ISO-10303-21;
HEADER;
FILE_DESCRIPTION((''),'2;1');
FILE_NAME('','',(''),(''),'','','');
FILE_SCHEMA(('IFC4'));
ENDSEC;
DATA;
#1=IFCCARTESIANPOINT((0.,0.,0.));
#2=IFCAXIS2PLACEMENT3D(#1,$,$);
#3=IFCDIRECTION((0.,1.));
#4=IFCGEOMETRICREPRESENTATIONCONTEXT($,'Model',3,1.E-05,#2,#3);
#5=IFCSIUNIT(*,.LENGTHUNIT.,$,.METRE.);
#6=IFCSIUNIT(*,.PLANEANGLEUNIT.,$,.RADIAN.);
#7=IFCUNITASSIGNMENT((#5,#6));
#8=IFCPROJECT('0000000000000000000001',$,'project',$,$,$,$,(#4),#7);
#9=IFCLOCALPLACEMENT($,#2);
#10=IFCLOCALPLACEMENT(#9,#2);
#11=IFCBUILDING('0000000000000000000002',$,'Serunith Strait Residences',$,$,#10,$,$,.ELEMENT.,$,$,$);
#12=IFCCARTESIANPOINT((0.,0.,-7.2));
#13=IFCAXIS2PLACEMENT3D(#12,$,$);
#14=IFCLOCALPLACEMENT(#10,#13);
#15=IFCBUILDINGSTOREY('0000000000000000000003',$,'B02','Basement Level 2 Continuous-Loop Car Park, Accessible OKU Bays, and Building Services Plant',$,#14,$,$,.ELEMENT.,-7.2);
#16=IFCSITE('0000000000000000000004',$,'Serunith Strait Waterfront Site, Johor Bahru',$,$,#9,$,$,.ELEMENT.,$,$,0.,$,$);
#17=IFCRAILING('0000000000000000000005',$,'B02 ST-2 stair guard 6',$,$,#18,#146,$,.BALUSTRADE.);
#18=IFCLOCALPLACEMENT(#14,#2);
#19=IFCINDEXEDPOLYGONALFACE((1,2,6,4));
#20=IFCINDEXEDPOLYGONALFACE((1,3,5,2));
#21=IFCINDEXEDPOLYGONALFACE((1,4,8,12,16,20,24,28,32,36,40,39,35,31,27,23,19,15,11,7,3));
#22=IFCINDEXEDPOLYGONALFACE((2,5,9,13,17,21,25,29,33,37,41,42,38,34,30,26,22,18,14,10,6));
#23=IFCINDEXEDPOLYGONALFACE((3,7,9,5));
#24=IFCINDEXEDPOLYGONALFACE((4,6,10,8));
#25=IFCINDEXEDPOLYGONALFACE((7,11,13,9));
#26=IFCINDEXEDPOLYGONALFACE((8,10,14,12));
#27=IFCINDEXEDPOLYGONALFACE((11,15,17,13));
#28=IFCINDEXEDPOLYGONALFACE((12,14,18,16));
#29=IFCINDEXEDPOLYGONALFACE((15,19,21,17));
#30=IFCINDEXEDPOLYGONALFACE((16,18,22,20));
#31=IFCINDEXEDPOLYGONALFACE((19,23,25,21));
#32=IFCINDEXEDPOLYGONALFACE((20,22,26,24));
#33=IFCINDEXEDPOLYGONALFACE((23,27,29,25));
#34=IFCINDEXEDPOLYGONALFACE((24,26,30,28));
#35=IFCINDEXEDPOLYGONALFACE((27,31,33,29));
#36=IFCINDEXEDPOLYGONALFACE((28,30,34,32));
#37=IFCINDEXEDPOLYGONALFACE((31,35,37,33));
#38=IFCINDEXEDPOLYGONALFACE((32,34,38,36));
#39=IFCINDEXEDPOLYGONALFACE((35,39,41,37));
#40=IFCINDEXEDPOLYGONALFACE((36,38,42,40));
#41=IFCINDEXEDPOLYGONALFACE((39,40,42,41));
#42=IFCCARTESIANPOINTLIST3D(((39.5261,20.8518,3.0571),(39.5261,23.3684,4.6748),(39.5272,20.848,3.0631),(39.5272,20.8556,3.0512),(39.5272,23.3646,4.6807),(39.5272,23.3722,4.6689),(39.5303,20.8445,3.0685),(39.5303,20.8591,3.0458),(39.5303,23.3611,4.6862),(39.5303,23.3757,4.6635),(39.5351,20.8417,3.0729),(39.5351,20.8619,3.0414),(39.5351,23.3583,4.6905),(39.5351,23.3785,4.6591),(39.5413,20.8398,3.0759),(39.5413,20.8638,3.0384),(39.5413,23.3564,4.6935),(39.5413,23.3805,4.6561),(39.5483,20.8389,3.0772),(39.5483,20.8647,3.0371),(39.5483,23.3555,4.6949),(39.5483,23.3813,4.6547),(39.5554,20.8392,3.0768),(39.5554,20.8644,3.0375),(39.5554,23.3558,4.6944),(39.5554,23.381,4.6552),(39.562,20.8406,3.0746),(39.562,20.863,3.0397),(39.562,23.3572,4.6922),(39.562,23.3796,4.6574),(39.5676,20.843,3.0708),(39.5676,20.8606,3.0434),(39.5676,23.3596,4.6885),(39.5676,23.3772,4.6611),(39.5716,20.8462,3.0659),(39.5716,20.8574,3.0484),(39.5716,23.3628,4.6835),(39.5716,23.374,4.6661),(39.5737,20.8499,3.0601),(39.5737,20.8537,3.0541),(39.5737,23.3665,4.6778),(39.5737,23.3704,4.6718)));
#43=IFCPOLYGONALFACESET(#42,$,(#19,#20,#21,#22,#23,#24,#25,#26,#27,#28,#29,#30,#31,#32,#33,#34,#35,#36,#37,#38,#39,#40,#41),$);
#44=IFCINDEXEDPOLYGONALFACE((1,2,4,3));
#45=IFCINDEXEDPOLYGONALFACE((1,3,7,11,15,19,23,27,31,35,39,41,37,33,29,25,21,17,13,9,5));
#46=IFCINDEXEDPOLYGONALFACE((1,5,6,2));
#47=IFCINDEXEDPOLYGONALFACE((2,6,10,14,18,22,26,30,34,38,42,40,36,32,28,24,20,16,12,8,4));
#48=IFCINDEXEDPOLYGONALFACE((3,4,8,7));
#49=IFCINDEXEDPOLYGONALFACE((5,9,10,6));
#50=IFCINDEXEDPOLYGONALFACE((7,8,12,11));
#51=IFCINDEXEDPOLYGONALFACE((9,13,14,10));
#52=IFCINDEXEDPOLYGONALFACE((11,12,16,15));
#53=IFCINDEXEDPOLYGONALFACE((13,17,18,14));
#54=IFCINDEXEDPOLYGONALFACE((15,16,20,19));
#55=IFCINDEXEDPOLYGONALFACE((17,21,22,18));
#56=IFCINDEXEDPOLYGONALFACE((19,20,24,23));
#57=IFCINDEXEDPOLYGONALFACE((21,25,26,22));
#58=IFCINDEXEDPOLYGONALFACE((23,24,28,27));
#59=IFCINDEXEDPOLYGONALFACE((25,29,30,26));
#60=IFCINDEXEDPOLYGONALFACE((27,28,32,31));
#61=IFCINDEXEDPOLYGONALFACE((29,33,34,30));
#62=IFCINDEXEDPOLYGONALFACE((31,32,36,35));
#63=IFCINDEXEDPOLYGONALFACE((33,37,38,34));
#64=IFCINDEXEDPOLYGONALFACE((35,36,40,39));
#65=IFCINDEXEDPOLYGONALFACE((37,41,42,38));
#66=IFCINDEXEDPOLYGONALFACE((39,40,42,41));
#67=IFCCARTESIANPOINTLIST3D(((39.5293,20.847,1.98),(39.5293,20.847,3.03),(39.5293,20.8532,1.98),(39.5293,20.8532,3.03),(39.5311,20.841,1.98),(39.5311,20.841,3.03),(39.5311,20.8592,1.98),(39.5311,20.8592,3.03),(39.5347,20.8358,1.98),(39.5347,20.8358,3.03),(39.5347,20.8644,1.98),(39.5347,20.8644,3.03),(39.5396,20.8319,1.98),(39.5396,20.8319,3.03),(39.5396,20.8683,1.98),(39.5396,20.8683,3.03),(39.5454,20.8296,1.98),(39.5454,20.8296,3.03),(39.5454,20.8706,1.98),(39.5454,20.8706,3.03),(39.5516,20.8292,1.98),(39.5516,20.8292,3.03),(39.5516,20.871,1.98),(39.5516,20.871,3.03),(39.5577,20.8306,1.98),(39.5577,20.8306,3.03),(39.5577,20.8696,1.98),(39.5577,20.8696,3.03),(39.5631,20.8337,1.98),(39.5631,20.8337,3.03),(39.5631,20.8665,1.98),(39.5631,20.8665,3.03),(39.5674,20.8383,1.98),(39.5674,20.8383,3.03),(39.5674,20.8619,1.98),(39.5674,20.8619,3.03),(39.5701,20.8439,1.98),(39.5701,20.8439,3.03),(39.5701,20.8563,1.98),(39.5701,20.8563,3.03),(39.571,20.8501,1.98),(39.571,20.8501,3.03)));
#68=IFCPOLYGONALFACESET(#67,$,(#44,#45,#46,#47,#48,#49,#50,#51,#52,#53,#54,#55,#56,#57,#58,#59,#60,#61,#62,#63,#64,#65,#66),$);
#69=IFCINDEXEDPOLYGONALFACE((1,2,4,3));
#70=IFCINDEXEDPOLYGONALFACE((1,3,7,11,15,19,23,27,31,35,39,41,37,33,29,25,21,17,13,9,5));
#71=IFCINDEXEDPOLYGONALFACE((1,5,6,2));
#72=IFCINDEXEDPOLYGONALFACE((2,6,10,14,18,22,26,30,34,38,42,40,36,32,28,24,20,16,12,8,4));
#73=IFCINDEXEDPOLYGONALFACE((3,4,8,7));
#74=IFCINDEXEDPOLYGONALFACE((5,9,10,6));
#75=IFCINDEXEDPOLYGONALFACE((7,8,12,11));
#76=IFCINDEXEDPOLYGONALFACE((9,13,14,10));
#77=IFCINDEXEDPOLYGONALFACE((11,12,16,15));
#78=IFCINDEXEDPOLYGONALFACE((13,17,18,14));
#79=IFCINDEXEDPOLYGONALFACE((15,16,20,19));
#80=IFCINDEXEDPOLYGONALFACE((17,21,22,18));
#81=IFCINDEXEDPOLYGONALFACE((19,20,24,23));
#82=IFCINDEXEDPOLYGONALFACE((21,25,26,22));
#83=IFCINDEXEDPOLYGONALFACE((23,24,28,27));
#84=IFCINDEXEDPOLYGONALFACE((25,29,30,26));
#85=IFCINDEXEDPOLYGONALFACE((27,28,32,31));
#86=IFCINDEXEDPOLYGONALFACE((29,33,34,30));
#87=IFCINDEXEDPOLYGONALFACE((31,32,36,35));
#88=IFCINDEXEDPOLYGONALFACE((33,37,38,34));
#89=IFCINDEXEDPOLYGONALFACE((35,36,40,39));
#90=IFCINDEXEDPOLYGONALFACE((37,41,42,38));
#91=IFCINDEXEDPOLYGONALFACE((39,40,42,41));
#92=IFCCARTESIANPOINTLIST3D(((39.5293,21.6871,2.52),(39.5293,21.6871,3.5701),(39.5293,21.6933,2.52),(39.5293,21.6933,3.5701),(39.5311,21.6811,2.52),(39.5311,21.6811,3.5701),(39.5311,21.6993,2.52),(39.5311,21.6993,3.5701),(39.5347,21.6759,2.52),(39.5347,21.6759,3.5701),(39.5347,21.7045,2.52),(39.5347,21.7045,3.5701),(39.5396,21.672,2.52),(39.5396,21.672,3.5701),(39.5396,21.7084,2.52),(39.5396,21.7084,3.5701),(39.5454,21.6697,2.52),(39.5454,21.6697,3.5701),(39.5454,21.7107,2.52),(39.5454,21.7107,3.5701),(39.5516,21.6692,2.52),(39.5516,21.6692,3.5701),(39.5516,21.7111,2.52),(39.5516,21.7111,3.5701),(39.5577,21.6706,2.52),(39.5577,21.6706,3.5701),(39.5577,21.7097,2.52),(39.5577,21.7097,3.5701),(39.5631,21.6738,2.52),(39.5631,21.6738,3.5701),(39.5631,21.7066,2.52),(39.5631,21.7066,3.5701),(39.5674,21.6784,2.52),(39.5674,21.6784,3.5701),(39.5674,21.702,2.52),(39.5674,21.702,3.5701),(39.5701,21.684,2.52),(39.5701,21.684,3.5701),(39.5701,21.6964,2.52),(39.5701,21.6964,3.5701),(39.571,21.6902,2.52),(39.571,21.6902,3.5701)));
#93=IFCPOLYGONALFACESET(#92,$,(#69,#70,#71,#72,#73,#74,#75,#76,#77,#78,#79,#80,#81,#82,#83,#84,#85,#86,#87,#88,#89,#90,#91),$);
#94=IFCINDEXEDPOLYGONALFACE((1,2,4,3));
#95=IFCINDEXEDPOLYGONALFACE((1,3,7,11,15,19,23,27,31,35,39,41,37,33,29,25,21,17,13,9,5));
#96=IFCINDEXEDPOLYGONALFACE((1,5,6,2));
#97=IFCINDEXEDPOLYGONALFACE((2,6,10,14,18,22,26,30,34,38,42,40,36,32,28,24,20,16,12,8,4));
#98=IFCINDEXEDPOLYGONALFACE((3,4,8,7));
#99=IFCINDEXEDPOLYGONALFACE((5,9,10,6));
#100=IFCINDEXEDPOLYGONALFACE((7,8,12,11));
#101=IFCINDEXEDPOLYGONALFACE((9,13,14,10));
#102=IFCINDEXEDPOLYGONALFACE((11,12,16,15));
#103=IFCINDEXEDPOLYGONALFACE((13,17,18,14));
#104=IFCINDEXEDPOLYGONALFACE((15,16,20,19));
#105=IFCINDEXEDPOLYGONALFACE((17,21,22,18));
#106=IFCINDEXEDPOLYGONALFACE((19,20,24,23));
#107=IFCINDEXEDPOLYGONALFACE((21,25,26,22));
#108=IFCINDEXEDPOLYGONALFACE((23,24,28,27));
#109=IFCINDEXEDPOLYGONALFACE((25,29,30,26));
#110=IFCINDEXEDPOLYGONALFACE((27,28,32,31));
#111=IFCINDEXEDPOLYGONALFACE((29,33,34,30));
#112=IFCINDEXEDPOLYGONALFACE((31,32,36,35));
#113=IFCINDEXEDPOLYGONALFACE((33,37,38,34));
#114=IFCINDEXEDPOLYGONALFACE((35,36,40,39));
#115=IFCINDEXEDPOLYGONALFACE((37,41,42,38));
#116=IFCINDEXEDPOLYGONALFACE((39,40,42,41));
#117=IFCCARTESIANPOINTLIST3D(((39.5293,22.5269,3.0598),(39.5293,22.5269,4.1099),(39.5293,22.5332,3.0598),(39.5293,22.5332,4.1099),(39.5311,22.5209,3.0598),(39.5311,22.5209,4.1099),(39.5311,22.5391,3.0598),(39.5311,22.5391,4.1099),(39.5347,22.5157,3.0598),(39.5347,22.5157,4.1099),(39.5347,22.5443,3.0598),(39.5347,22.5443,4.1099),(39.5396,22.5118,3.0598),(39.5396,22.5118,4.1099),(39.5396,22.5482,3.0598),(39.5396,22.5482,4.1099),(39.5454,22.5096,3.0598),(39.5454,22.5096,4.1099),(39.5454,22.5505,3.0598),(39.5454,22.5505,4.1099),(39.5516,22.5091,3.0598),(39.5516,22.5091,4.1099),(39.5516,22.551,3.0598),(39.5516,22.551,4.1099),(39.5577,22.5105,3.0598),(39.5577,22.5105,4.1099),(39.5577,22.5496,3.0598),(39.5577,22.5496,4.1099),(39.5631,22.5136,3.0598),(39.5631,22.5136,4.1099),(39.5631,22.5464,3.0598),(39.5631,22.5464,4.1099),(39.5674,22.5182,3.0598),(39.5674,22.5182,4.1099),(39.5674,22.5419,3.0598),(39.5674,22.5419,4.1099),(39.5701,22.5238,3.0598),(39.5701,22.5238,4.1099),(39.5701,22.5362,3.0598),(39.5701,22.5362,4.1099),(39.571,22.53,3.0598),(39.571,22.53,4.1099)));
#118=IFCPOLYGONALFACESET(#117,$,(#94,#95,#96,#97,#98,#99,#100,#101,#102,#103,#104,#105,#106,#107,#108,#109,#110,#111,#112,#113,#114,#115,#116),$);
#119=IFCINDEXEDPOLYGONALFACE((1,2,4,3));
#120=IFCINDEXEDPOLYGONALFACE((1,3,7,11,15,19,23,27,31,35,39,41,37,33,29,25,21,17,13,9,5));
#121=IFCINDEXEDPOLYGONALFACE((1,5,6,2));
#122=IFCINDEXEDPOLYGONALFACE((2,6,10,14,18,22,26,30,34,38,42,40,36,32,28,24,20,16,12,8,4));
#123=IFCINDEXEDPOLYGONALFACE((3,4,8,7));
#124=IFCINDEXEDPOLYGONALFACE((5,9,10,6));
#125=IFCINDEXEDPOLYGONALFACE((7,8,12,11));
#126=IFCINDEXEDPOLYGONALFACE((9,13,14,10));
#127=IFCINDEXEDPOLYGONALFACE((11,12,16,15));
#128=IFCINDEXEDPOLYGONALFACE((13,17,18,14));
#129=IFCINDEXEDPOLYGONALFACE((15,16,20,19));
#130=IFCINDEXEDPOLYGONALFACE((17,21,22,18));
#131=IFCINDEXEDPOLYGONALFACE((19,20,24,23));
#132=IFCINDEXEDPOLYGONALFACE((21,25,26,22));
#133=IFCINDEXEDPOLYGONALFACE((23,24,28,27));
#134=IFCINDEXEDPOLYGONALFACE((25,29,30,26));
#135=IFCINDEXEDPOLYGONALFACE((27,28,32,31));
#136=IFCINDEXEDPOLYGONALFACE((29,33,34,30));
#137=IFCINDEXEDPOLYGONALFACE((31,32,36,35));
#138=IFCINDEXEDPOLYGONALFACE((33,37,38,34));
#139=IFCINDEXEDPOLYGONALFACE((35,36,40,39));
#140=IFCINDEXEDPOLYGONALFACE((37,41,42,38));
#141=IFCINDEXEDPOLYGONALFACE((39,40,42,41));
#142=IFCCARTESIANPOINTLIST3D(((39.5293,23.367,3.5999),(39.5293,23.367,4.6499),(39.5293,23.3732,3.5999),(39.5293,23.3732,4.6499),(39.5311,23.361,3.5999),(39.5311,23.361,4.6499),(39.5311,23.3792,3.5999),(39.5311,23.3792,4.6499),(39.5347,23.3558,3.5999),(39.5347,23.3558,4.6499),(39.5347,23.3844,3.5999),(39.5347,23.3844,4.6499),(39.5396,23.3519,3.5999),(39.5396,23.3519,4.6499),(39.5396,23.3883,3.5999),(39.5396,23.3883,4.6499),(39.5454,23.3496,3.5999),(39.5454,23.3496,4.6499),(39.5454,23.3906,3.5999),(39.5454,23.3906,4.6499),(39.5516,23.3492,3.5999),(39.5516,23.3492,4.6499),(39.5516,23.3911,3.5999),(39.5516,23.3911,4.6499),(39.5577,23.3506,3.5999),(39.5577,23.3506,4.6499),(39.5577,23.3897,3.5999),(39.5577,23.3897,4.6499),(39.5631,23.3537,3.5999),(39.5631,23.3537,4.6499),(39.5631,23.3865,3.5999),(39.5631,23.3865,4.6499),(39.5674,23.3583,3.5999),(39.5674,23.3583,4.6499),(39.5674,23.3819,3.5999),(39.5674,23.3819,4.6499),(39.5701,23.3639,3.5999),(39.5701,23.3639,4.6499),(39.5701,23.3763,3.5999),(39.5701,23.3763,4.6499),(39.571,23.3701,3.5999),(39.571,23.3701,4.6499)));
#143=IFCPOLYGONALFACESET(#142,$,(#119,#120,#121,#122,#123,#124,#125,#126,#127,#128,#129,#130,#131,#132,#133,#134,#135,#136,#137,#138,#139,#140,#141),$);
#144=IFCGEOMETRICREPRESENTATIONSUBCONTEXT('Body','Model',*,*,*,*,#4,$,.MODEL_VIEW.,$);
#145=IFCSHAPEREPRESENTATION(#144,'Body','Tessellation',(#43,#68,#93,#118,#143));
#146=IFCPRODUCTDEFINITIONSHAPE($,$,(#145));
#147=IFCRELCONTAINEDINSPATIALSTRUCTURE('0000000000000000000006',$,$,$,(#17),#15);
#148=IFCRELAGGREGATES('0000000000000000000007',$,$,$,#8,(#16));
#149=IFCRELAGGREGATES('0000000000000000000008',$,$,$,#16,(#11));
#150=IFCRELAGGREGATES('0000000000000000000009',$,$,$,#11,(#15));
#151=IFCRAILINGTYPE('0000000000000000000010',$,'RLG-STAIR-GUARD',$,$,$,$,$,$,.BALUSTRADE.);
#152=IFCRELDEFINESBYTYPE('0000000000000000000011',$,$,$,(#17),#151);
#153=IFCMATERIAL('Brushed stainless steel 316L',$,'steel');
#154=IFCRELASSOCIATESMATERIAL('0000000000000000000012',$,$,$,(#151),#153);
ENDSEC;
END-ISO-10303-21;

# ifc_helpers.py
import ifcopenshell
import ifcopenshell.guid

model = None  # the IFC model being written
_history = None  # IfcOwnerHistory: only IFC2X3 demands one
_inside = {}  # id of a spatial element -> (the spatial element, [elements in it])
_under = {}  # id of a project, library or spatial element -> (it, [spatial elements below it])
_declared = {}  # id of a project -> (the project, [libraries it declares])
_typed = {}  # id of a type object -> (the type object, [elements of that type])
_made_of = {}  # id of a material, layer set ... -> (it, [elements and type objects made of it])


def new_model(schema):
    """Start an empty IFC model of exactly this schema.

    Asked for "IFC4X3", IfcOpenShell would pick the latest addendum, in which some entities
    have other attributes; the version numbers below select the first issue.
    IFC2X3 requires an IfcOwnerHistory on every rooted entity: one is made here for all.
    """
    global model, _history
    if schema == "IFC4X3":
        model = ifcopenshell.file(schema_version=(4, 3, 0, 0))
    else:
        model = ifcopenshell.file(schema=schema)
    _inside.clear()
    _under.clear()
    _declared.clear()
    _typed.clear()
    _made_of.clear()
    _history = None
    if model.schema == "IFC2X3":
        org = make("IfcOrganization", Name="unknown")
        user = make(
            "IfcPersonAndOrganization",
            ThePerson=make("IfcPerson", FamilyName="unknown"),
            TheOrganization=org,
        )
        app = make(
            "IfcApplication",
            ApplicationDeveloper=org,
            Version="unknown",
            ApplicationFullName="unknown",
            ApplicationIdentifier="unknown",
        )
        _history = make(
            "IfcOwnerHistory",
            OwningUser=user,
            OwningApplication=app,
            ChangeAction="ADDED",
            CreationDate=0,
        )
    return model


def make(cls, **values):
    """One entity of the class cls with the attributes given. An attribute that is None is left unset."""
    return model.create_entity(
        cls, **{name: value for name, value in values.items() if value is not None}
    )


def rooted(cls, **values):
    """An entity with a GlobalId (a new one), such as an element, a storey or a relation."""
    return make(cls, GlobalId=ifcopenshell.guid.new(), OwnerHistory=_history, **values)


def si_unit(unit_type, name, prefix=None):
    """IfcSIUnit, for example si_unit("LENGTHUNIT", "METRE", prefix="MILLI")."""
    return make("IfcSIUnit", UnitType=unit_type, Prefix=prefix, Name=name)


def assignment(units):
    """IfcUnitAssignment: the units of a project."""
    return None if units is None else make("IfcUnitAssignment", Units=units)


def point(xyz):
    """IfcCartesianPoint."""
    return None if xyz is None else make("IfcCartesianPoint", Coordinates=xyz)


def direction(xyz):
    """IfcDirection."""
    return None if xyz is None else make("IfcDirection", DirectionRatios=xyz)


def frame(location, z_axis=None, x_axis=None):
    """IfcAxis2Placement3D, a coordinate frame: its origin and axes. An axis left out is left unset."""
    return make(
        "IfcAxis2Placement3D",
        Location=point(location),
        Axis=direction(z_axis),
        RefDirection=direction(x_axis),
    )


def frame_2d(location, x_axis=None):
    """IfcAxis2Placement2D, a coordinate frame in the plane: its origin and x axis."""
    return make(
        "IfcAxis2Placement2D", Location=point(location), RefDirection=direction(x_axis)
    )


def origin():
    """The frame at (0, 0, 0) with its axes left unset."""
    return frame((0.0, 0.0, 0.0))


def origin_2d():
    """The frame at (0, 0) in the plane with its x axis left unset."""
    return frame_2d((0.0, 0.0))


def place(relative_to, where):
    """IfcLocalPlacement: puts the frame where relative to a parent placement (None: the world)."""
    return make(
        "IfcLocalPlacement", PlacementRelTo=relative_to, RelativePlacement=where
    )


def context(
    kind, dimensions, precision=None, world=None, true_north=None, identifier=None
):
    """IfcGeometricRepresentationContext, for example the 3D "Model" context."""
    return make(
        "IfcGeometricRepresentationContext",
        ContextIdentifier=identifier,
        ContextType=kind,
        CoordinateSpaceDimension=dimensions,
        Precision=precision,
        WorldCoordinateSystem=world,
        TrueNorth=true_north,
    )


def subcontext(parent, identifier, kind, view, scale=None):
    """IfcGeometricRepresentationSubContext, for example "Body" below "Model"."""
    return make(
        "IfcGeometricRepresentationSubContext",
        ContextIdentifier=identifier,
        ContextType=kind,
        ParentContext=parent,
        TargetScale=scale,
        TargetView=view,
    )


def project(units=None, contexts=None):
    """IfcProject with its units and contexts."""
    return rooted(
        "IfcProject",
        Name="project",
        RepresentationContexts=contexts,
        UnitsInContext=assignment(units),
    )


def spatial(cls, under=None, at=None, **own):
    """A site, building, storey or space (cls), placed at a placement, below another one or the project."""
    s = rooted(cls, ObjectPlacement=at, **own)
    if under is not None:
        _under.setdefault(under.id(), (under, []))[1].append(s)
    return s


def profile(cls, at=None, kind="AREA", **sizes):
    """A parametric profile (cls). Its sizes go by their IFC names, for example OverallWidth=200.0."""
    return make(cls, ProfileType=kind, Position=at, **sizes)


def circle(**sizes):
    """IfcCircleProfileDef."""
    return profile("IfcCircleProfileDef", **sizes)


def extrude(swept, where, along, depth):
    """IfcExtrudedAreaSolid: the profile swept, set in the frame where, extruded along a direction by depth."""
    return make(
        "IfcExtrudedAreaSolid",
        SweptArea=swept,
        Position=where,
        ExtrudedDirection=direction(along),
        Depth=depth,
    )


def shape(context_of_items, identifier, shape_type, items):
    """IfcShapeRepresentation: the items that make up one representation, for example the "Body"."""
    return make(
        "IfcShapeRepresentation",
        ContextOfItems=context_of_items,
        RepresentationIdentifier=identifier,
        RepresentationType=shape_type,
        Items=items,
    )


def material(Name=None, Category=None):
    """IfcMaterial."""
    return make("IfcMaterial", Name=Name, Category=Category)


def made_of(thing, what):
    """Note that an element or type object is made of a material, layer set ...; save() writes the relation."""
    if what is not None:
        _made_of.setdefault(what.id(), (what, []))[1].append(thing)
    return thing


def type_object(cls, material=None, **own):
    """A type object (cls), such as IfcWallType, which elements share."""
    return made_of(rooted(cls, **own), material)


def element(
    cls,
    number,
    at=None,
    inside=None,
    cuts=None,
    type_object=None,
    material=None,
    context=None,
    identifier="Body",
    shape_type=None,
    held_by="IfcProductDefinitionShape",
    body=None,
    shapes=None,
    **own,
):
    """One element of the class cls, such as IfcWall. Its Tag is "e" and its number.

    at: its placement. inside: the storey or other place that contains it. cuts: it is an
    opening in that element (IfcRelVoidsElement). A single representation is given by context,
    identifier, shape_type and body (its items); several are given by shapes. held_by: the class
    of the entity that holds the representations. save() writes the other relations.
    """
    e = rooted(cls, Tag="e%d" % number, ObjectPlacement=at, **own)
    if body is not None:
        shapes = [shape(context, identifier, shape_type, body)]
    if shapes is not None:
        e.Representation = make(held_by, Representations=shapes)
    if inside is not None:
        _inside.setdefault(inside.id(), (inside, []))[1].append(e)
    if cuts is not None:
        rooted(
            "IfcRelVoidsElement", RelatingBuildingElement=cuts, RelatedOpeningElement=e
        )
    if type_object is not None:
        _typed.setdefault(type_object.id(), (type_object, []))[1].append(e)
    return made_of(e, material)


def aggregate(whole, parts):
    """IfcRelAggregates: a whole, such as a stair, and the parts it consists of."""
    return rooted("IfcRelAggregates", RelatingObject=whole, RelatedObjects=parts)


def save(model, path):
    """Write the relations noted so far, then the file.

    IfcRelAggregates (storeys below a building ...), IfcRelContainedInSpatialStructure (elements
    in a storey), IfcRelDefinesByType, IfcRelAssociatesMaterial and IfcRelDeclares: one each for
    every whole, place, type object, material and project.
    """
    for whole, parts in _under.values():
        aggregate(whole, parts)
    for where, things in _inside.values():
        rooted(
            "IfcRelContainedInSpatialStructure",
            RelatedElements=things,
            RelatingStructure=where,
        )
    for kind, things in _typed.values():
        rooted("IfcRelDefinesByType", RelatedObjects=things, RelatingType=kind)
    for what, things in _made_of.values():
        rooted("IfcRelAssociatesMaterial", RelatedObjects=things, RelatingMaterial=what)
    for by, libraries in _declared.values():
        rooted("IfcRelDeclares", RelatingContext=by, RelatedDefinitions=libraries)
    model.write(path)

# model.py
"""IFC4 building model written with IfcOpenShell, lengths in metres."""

from ifc_helpers import new_model, si_unit, direction, frame, origin, origin_2d, place, context, subcontext, project, spatial, circle, extrude, material, type_object, element, save


model = new_model("IFC4")

# Units and contexts
model_context = context("Model", 3, precision=1e-05, world=origin(), true_north=direction((0.0, 1.0)))
body_context = subcontext(model_context, "Body", "Model", "MODEL_VIEW")
ifc_project = project(units=[si_unit("LENGTHUNIT", "METRE"), si_unit("PLANEANGLEUNIT", "RADIAN")], contexts=[model_context])

# Site, building, storey
site_placement = place(None, origin())
site = spatial("IfcSite", under=ifc_project, at=site_placement, Name="Serunith Strait Waterfront Site, Johor Bahru", CompositionType="ELEMENT", RefElevation=0.0)
building_placement = place(site_placement, origin())
building = spatial("IfcBuilding", under=site, at=building_placement, Name="Serunith Strait Residences", CompositionType="ELEMENT")
storey_placement = place(building_placement, frame((0.0, 0.0, -7.2)))
storey = spatial("IfcBuildingStorey", under=building, at=storey_placement, Name="B02", Description="Basement Level 2 Continuous-Loop Car Park, Accessible OKU Bays, and Building Services Plant", CompositionType="ELEMENT", Elevation=-7.2)

# Railing
ifc_material_1 = material(Name="Brushed stainless steel 316L", Category="steel")
railing_type_1 = type_object("IfcRailingType", Name="RLG-STAIR-GUARD", PredefinedType="BALUSTRADE", material=ifc_material_1)
railing_1_placement = place(storey_placement, frame((39.55, 20.8501, 1.98)))
element("IfcRailing", 1, at=railing_1_placement, inside=storey, type_object=railing_type_1, Name="B02 ST-2 stair guard 6", PredefinedType="BALUSTRADE", context=body_context, shape_type="SweptSolid", body=[
    extrude(circle(Radius=0.0239, at=origin_2d()), frame((0.0, 0.0017, 1.0771), z_axis=(0.0, 0.8412, 0.540725), x_axis=(-1.0, 0.0, 0.0)), (0.0, 0.0, 1.0), 2.9917),
    extrude(circle(Radius=0.021, at=origin_2d()), origin(), (0.0, 0.0, 1.0), 1.05),
    extrude(circle(Radius=0.021, at=origin_2d()), frame((0.0, 0.8401, 0.54)), (0.0, 0.0, 1.0), 1.05),
    extrude(circle(Radius=0.021, at=origin_2d()), frame((0.0, 1.6799, 1.0798)), (0.0, 0.0, 1.0), 1.05),
    extrude(circle(Radius=0.021, at=origin_2d()), frame((0.0, 2.52, 1.6199)), (0.0, 0.0, 1.0), 1.05),
])

save(model, "model.ifc")
